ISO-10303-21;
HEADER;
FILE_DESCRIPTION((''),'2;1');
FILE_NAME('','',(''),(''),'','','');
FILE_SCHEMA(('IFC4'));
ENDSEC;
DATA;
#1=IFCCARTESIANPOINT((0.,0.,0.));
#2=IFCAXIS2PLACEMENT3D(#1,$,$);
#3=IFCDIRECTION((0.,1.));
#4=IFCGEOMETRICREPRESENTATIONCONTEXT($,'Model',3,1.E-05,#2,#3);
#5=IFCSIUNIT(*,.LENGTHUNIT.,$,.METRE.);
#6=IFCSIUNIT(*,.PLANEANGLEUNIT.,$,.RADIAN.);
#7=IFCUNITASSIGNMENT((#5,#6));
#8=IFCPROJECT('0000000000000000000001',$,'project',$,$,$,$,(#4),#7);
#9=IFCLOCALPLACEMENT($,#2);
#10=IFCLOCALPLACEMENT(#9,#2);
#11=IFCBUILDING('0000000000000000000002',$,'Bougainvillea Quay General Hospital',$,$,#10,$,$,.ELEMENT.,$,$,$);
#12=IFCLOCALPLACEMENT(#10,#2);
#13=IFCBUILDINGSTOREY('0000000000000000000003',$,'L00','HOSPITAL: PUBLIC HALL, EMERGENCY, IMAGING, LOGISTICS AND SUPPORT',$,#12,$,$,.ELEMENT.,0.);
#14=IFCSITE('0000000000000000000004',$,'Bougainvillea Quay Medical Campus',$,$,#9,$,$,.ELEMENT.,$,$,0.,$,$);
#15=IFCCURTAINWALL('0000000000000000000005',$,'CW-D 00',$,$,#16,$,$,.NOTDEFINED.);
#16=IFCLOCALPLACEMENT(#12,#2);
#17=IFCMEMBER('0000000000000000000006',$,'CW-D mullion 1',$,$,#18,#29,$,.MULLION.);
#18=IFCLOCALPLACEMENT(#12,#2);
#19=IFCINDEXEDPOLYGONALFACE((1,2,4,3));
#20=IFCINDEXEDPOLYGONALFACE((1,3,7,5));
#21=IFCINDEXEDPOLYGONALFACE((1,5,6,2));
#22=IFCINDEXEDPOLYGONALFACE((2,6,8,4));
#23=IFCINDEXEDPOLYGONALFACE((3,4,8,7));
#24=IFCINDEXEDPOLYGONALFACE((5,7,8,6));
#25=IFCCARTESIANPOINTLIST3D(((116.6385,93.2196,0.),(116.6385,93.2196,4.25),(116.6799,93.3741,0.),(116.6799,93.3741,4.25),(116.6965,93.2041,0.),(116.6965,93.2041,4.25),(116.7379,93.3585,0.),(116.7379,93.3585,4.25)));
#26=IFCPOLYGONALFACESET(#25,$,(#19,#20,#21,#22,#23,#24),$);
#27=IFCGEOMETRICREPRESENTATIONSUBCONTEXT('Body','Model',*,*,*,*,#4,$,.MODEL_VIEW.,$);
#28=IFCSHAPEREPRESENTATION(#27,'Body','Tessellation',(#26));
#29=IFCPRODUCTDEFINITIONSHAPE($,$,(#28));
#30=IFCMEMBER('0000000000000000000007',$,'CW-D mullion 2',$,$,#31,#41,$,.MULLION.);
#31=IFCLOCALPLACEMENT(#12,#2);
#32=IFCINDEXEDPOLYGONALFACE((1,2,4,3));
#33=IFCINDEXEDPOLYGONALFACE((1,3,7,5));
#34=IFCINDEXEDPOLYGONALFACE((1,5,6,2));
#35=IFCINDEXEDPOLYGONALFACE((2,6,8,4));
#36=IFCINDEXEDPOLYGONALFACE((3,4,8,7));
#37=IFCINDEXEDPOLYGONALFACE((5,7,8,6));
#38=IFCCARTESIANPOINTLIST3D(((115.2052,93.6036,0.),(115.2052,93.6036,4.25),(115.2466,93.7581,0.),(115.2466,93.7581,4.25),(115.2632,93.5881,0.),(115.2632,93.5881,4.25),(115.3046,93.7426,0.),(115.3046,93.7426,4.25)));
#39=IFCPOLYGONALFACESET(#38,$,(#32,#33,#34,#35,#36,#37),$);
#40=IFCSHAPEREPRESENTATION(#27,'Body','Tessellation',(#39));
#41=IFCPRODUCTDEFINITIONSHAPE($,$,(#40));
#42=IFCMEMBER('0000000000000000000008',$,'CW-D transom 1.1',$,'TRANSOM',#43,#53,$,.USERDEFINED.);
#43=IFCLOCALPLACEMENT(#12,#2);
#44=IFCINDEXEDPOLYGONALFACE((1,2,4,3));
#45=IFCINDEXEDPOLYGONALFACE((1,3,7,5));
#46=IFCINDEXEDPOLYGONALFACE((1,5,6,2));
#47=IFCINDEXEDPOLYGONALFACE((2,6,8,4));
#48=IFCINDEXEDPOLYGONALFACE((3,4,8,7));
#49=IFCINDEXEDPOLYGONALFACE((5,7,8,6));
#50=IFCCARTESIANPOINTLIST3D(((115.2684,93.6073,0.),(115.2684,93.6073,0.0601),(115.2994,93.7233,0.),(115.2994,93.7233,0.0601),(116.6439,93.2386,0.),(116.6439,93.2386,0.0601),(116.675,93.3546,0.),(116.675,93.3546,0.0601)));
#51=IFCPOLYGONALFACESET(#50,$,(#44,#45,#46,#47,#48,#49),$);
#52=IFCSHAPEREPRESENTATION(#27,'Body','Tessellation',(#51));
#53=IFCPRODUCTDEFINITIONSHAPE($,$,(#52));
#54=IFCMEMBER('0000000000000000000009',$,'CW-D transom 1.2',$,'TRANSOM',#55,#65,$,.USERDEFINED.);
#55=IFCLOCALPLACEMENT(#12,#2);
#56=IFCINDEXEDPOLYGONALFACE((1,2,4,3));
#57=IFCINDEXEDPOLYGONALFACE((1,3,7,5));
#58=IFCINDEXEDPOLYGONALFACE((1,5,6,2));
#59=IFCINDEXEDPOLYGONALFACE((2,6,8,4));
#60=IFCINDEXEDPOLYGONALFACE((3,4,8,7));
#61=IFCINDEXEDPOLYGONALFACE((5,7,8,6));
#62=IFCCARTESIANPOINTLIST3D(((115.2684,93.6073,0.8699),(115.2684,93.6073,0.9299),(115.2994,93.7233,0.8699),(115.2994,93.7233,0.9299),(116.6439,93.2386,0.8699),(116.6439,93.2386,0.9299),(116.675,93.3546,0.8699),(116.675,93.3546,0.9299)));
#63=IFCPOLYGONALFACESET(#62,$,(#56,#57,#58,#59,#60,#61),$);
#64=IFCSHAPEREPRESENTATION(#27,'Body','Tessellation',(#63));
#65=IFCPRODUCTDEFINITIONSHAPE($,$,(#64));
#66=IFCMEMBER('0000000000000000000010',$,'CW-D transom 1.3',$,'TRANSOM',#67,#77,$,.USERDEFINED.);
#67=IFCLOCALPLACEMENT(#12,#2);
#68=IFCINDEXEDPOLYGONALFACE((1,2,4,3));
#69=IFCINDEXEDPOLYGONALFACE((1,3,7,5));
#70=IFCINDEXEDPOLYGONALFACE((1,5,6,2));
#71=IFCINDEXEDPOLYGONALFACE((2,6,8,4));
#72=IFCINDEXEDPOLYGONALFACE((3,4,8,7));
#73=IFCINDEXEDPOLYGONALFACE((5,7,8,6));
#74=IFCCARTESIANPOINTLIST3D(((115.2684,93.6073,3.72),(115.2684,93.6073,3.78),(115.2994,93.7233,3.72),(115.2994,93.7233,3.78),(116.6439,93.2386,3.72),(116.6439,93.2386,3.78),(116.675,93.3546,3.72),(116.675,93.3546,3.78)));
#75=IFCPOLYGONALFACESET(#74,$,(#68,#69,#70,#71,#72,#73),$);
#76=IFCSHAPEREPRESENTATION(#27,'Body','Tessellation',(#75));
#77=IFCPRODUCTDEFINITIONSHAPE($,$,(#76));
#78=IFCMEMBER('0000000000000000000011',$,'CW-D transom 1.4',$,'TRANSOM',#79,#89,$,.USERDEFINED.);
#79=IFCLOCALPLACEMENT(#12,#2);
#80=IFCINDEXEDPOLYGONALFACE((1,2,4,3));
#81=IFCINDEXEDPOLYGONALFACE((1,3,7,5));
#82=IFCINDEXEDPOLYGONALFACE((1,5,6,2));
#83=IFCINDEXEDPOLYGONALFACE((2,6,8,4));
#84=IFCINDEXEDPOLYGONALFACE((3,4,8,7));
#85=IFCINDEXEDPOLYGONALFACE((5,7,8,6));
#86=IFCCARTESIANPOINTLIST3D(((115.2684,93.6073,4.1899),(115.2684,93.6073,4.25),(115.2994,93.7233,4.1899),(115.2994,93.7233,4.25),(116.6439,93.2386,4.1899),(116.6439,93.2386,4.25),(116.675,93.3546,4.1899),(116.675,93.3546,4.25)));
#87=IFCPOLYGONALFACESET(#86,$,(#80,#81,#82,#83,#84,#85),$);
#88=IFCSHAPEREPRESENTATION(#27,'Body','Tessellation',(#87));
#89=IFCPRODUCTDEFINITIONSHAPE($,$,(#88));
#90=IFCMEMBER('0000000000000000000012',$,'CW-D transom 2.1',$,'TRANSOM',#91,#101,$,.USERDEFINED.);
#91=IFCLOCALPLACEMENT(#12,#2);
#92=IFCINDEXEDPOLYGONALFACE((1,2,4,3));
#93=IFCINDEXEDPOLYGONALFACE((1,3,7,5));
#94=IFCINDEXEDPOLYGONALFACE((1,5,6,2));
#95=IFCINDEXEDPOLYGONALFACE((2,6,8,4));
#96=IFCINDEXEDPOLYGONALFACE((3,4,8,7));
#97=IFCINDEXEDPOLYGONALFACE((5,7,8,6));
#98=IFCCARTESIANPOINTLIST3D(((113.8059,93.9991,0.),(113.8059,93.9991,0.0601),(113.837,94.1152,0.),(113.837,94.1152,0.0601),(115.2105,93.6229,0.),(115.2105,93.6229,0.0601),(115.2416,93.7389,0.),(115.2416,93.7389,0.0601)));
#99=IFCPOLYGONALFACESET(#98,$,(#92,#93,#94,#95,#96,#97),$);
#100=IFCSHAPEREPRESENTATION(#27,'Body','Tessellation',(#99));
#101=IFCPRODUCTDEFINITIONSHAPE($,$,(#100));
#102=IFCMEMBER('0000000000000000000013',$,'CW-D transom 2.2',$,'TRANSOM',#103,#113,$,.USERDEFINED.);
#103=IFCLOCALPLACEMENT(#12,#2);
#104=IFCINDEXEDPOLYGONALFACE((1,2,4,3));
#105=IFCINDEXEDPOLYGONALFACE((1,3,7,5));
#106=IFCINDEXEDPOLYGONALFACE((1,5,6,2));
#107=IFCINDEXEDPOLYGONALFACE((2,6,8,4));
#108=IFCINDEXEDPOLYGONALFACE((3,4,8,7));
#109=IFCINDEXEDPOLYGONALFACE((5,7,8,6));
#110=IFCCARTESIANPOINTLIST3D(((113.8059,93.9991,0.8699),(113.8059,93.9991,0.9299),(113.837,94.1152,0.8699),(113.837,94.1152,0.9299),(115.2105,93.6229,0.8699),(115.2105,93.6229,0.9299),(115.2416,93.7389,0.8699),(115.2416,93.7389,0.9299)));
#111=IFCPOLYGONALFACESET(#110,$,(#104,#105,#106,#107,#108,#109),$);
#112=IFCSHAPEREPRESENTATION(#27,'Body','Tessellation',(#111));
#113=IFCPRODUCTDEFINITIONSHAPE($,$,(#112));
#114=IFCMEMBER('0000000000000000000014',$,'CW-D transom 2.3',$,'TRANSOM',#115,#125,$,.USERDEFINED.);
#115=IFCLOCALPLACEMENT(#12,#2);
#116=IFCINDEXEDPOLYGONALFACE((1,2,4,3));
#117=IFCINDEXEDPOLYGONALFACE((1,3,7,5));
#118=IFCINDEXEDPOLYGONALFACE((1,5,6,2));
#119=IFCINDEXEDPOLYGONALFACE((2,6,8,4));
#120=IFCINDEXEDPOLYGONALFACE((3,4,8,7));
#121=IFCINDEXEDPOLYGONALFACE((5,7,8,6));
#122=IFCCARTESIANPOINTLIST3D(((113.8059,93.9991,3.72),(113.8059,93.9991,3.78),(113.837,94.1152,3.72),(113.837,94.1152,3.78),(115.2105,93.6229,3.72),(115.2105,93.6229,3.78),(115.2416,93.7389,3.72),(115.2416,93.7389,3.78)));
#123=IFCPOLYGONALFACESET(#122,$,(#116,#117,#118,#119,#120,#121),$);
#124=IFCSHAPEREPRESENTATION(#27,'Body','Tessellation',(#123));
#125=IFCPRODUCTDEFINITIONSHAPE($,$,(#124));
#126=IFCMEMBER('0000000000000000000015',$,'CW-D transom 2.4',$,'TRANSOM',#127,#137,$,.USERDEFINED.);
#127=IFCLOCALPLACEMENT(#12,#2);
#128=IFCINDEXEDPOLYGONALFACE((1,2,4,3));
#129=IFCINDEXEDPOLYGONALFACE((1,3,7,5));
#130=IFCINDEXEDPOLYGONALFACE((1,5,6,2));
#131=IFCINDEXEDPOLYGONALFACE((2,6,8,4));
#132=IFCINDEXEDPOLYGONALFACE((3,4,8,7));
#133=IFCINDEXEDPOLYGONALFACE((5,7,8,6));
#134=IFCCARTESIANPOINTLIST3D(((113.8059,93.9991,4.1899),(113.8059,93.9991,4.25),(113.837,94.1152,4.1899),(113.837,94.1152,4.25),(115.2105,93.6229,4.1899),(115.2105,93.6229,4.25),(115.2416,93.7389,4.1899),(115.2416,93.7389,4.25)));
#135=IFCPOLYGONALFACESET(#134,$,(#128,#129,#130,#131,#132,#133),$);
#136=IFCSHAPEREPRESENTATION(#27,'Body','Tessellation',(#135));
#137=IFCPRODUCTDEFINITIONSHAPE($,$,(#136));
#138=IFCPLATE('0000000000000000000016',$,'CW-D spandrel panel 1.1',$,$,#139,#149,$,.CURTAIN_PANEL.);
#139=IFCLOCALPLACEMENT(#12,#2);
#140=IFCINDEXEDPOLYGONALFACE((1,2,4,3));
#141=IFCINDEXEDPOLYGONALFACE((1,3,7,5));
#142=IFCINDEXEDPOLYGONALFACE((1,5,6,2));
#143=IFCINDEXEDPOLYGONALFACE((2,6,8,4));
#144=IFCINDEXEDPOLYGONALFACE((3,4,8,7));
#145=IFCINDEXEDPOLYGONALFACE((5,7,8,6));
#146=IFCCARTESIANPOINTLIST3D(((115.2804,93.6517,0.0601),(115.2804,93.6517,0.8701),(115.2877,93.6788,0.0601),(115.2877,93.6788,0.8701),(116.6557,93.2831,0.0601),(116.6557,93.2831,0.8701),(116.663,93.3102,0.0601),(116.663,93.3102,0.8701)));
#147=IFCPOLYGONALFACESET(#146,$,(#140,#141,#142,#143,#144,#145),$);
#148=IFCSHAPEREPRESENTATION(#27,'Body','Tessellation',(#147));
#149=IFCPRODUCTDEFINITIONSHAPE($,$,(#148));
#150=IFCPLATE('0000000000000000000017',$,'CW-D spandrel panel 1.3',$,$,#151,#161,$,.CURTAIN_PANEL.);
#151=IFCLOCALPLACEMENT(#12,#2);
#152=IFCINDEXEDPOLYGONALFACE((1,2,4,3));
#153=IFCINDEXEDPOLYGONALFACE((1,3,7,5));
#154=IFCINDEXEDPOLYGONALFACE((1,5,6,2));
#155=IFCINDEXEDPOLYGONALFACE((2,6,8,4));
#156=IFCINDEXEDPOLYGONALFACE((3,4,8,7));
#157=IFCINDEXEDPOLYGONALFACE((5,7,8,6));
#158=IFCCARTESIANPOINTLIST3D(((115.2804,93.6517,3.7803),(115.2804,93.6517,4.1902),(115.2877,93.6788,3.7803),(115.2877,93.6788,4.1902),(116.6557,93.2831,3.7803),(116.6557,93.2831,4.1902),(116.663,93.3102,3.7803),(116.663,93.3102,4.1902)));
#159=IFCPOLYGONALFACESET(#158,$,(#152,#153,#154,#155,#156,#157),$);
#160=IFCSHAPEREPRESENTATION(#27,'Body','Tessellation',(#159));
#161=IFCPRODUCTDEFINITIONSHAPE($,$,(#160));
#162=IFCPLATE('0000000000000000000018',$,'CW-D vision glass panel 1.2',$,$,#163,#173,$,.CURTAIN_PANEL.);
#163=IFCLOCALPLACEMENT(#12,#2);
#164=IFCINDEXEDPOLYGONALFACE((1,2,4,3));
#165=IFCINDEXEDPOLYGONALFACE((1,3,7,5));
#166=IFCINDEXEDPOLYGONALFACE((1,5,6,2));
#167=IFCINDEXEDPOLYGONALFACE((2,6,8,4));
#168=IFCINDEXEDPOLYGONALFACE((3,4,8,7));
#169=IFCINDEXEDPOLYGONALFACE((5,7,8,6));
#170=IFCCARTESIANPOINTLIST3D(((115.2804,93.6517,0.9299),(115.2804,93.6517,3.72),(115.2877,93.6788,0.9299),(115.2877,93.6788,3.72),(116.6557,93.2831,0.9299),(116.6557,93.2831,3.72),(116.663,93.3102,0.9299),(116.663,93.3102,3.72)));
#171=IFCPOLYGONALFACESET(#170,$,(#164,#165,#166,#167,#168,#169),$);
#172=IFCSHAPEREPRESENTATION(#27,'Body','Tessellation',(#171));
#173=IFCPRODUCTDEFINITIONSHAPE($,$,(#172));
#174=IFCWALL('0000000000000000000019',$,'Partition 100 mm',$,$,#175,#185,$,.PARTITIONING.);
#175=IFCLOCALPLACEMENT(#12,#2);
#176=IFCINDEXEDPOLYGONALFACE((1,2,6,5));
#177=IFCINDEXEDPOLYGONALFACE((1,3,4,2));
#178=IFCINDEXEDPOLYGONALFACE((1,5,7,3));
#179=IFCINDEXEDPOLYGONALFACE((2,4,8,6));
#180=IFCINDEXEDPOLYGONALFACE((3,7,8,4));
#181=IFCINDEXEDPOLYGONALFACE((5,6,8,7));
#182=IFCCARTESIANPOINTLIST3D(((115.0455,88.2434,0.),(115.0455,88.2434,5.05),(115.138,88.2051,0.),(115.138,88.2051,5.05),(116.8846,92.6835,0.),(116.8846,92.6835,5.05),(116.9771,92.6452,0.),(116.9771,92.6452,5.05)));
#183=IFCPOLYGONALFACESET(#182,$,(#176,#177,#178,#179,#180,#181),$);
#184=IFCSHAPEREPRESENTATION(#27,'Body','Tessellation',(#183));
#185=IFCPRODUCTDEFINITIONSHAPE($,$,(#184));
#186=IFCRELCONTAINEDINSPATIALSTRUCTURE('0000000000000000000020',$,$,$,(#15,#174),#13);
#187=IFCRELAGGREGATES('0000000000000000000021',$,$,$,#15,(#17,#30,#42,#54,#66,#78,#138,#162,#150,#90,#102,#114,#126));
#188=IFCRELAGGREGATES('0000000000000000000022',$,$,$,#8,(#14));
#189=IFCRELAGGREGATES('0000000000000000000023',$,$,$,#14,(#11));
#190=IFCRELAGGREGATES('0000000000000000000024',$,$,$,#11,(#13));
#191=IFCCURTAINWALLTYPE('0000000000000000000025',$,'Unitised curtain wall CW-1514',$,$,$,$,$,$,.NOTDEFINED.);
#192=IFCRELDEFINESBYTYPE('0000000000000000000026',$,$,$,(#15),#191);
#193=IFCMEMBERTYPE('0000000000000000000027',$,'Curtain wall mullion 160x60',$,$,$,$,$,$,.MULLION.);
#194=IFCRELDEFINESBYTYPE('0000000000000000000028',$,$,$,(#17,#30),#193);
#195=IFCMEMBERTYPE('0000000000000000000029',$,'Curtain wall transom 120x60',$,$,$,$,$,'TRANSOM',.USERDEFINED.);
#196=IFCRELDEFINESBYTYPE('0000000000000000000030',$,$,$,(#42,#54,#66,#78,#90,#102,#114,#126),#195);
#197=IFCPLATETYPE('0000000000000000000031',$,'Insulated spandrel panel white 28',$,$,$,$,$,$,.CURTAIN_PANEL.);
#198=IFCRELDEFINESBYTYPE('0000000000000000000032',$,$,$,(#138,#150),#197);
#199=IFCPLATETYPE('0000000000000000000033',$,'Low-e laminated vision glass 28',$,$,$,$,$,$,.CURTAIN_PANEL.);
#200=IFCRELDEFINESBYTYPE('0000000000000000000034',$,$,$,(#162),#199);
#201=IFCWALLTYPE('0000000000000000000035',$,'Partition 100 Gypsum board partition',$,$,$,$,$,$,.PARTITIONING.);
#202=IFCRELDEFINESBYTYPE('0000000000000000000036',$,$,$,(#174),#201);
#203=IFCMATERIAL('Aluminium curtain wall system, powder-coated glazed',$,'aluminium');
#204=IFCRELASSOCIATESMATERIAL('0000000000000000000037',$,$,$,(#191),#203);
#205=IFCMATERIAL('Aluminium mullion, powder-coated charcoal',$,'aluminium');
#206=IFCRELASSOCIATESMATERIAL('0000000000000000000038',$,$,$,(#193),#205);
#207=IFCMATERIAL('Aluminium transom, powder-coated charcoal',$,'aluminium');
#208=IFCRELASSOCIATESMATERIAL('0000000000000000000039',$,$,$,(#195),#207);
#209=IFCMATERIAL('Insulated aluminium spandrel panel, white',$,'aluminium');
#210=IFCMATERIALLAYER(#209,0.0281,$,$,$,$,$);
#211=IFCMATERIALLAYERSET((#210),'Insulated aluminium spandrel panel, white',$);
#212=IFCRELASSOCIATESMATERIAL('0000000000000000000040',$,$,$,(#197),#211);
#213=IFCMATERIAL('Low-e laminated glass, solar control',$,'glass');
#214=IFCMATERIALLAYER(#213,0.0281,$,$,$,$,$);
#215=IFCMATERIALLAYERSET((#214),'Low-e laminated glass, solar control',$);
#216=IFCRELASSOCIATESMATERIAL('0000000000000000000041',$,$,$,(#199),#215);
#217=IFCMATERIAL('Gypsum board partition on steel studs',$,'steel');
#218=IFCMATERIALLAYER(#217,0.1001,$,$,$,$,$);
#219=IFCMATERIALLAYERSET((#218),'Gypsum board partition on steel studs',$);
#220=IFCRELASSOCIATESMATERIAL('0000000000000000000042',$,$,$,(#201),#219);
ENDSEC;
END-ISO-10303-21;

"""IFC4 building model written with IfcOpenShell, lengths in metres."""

from ifc_helpers import new_model, si_unit, direction, frame, frame_2d, origin, origin_2d, place, context, subcontext, project, spatial, rectangle, extrude, material, layer, layer_set, material_profile, profile_set, type_object, element, aggregate, save


model = new_model("IFC4")

# Units and contexts
model_context = context("Model", 3, precision=1e-05, world=origin(), true_north=direction((0.0, 1.0)))
body_context = subcontext(model_context, "Body", "Model", "MODEL_VIEW")
ifc_project = project(units=[si_unit("LENGTHUNIT", "METRE"), si_unit("PLANEANGLEUNIT", "RADIAN")], contexts=[model_context])

# Site, building, storey
site_placement = place(None, origin())
site = spatial("IfcSite", under=ifc_project, at=site_placement, Name="Bougainvillea Quay Medical Campus", CompositionType="ELEMENT", RefElevation=0.0)
building_placement = place(site_placement, origin())
building = spatial("IfcBuilding", under=site, at=building_placement, Name="Bougainvillea Quay General Hospital", CompositionType="ELEMENT")
storey_placement = place(building_placement, origin())
storey = spatial("IfcBuildingStorey", under=building, at=storey_placement, Name="L00", Description="HOSPITAL: PUBLIC HALL, EMERGENCY, IMAGING, LOGISTICS AND SUPPORT", CompositionType="ELEMENT", Elevation=0.0)

# Curtain wall, members, plates
ifc_material_1 = material(Name="Aluminium curtain wall system, powder-coated glazed", Category="aluminium")
curtain_wall_type = type_object("IfcCurtainWallType", Name="Unitised curtain wall CW-1514", PredefinedType="NOTDEFINED", material=ifc_material_1)
curtain_wall_placement = place(storey_placement, origin())
curtain_wall = element("IfcCurtainWall", 1, at=curtain_wall_placement, inside=storey, type_object=curtain_wall_type, Name="CW-D 00", PredefinedType="NOTDEFINED")
ifc_material_2 = material(Name="Aluminium mullion, powder-coated charcoal", Category="aluminium")
ifc_material_profile_1 = material_profile(ifc_material_2, rectangle(XDim=0.1599, YDim=0.0601, at=origin_2d()))
ifc_profile_set_1 = profile_set([ifc_material_profile_1], Name="Aluminium mullion, powder-coated charcoal")
member_type_1 = type_object("IfcMemberType", Name="Curtain wall mullion 160x60", PredefinedType="MULLION", material=ifc_profile_set_1)
member_1_placement = place(storey_placement, frame((116.6882, 93.2891, 0.0), z_axis=(0.0, 0.0, 1.0), x_axis=(-0.258855, -0.965916, 0.0)))
member_1 = element("IfcMember", 2, at=member_1_placement, type_object=member_type_1, Name="CW-D mullion 1", PredefinedType="MULLION", context=body_context, shape_type="SweptSolid", body=[
    extrude(rectangle(XDim=0.1599, YDim=0.0601, at=origin_2d()), origin(), (0.0, 0.0, 1.0), 4.25),
])
member_2_placement = place(storey_placement, frame((115.2549, 93.6731, 0.0), z_axis=(0.0, 0.0, 1.0), x_axis=(-0.258855, -0.965916, 0.0)))
member_2 = element("IfcMember", 3, at=member_2_placement, type_object=member_type_1, Name="CW-D mullion 2", PredefinedType="MULLION", context=body_context, shape_type="SweptSolid", body=[
    extrude(rectangle(XDim=0.1599, YDim=0.0601, at=origin_2d()), origin(), (0.0, 0.0, 1.0), 4.25),
])
ifc_material_3 = material(Name="Aluminium transom, powder-coated charcoal", Category="aluminium")
ifc_material_profile_2 = material_profile(ifc_material_3, rectangle(XDim=0.1201, YDim=0.0601, at=origin_2d()))
ifc_profile_set_2 = profile_set([ifc_material_profile_2], Name="Aluminium transom, powder-coated charcoal")
member_type_2 = type_object("IfcMemberType", Name="Curtain wall transom 120x60", ElementType="TRANSOM", PredefinedType="USERDEFINED", material=ifc_profile_set_2)
member_3_placement = place(storey_placement, frame((116.6594, 93.2966, 0.03), z_axis=(-0.96591, 0.258879, 0.0), x_axis=(-0.258879, -0.96591, 0.0)))
member_3 = element("IfcMember", 4, at=member_3_placement, type_object=member_type_2, Name="CW-D transom 1.1", ObjectType="TRANSOM", PredefinedType="USERDEFINED", context=body_context, shape_type="SweptSolid", body=[
    extrude(rectangle(XDim=0.1201, YDim=0.0601, at=origin_2d()), origin(), (0.0, 0.0, 1.0), 1.4241),
])
member_4_placement = place(storey_placement, frame((116.6594, 93.2966, 0.8999), z_axis=(-0.96591, 0.258879, 0.0), x_axis=(-0.258879, -0.96591, 0.0)))
member_4 = element("IfcMember", 5, at=member_4_placement, type_object=member_type_2, Name="CW-D transom 1.2", ObjectType="TRANSOM", PredefinedType="USERDEFINED", context=body_context, shape_type="SweptSolid", body=[
    extrude(rectangle(XDim=0.1201, YDim=0.0601, at=origin_2d()), origin(), (0.0, 0.0, 1.0), 1.4241),
])
member_5_placement = place(storey_placement, frame((116.6594, 93.2966, 3.75), z_axis=(-0.96591, 0.258879, 0.0), x_axis=(-0.258879, -0.96591, 0.0)))
member_5 = element("IfcMember", 6, at=member_5_placement, type_object=member_type_2, Name="CW-D transom 1.3", ObjectType="TRANSOM", PredefinedType="USERDEFINED", context=body_context, shape_type="SweptSolid", body=[
    extrude(rectangle(XDim=0.1201, YDim=0.0601, at=origin_2d()), origin(), (0.0, 0.0, 1.0), 1.4241),
])
member_6_placement = place(storey_placement, frame((116.6594, 93.2966, 4.22), z_axis=(-0.96591, 0.258879, 0.0), x_axis=(-0.258879, -0.96591, 0.0)))
member_6 = element("IfcMember", 7, at=member_6_placement, type_object=member_type_2, Name="CW-D transom 1.4", ObjectType="TRANSOM", PredefinedType="USERDEFINED", context=body_context, shape_type="SweptSolid", body=[
    extrude(rectangle(XDim=0.1201, YDim=0.0601, at=origin_2d()), origin(), (0.0, 0.0, 1.0), 1.4241),
])
member_7_placement = place(storey_placement, frame((115.2261, 93.6809, 0.03), z_axis=(-0.965947, 0.258739, 0.0), x_axis=(-0.258739, -0.965947, 0.0)))
member_7 = element("IfcMember", 8, at=member_7_placement, type_object=member_type_2, Name="CW-D transom 2.1", ObjectType="TRANSOM", PredefinedType="USERDEFINED", context=body_context, shape_type="SweptSolid", body=[
    extrude(rectangle(XDim=0.1201, YDim=0.0601, at=origin_2d()), origin(), (0.0, 0.0, 1.0), 1.4541),
])
member_8_placement = place(storey_placement, frame((115.2261, 93.6809, 0.8999), z_axis=(-0.965947, 0.258739, 0.0), x_axis=(-0.258739, -0.965947, 0.0)))
member_8 = element("IfcMember", 9, at=member_8_placement, type_object=member_type_2, Name="CW-D transom 2.2", ObjectType="TRANSOM", PredefinedType="USERDEFINED", context=body_context, shape_type="SweptSolid", body=[
    extrude(rectangle(XDim=0.1201, YDim=0.0601, at=origin_2d()), origin(), (0.0, 0.0, 1.0), 1.4541),
])
member_9_placement = place(storey_placement, frame((115.2261, 93.6809, 3.75), z_axis=(-0.965947, 0.258739, 0.0), x_axis=(-0.258739, -0.965947, 0.0)))
member_9 = element("IfcMember", 10, at=member_9_placement, type_object=member_type_2, Name="CW-D transom 2.3", ObjectType="TRANSOM", PredefinedType="USERDEFINED", context=body_context, shape_type="SweptSolid", body=[
    extrude(rectangle(XDim=0.1201, YDim=0.0601, at=origin_2d()), origin(), (0.0, 0.0, 1.0), 1.4541),
])
member_10_placement = place(storey_placement, frame((115.2261, 93.6809, 4.22), z_axis=(-0.965947, 0.258739, 0.0), x_axis=(-0.258739, -0.965947, 0.0)))
member_10 = element("IfcMember", 11, at=member_10_placement, type_object=member_type_2, Name="CW-D transom 2.4", ObjectType="TRANSOM", PredefinedType="USERDEFINED", context=body_context, shape_type="SweptSolid", body=[
    extrude(rectangle(XDim=0.1201, YDim=0.0601, at=origin_2d()), origin(), (0.0, 0.0, 1.0), 1.4541),
])
ifc_material_4 = material(Name="Insulated aluminium spandrel panel, white", Category="aluminium")
ifc_layer_1 = layer(ifc_material_4, 0.0281)
ifc_layer_set_1 = layer_set([ifc_layer_1], Name="Insulated aluminium spandrel panel, white")
plate_type_1 = type_object("IfcPlateType", Name="Insulated spandrel panel white 28", PredefinedType="CURTAIN_PANEL", material=ifc_layer_set_1)
plate_1_placement = place(storey_placement, frame((115.9717, 93.481, 0.0601), z_axis=(0.0, 0.0, 1.0), x_axis=(-0.965916, 0.258855, 0.0)))
plate_1 = element("IfcPlate", 12, at=plate_1_placement, type_object=plate_type_1, Name="CW-D spandrel panel 1.1", PredefinedType="CURTAIN_PANEL", context=body_context, shape_type="SweptSolid", body=[
    extrude(rectangle(XDim=1.4238, YDim=0.0281, at=origin_2d()), origin(), (0.0, 0.0, 1.0), 0.8101),
])
plate_2_placement = place(storey_placement, frame((115.9717, 93.481, 3.7803), z_axis=(0.0, 0.0, 1.0), x_axis=(-0.965916, 0.258855, 0.0)))
plate_2 = element("IfcPlate", 13, at=plate_2_placement, type_object=plate_type_1, Name="CW-D spandrel panel 1.3", PredefinedType="CURTAIN_PANEL", context=body_context, shape_type="SweptSolid", body=[
    extrude(rectangle(XDim=1.4238, YDim=0.0281, at=origin_2d()), origin(), (0.0, 0.0, 1.0), 0.4099),
])
ifc_material_5 = material(Name="Low-e laminated glass, solar control", Category="glass")
ifc_layer_2 = layer(ifc_material_5, 0.0281)
ifc_layer_set_2 = layer_set([ifc_layer_2], Name="Low-e laminated glass, solar control")
plate_type_2 = type_object("IfcPlateType", Name="Low-e laminated vision glass 28", PredefinedType="CURTAIN_PANEL", material=ifc_layer_set_2)
plate_3_placement = place(storey_placement, frame((115.9717, 93.481, 0.9299), z_axis=(0.0, 0.0, 1.0), x_axis=(-0.965916, 0.258855, 0.0)))
plate_3 = element("IfcPlate", 14, at=plate_3_placement, type_object=plate_type_2, Name="CW-D vision glass panel 1.2", PredefinedType="CURTAIN_PANEL", context=body_context, shape_type="SweptSolid", body=[
    extrude(rectangle(XDim=1.4238, YDim=0.0281, at=origin_2d()), origin(), (0.0, 0.0, 1.0), 2.79),
])
aggregate(curtain_wall, [member_1, member_2, member_3, member_4, member_5, member_6, plate_1, plate_3, plate_2, member_7, member_8, member_9, member_10])

# Wall
ifc_material_6 = material(Name="Gypsum board partition on steel studs", Category="steel")
ifc_layer_3 = layer(ifc_material_6, 0.1001)
ifc_layer_set_3 = layer_set([ifc_layer_3], Name="Gypsum board partition on steel studs")
wall_type_1 = type_object("IfcWallType", Name="Partition 100 Gypsum board partition", PredefinedType="PARTITIONING", material=ifc_layer_set_3)
wall_1_placement = place(storey_placement, frame((115.0918, 88.2244, 0.0), z_axis=(0.0, 0.0, 1.0), x_axis=(0.38267, 0.923885, 0.0)))
element("IfcWall", 15, at=wall_1_placement, inside=storey, type_object=wall_type_1, Name="Partition 100 mm", PredefinedType="PARTITIONING", context=body_context, shape_type="SweptSolid", body=[
    extrude(rectangle(XDim=4.8059, YDim=0.1001, at=frame_2d((2.4028, 0.0))), origin(), (0.0, 0.0, 1.0), 5.05),
])

save(model, "model.ifc")
